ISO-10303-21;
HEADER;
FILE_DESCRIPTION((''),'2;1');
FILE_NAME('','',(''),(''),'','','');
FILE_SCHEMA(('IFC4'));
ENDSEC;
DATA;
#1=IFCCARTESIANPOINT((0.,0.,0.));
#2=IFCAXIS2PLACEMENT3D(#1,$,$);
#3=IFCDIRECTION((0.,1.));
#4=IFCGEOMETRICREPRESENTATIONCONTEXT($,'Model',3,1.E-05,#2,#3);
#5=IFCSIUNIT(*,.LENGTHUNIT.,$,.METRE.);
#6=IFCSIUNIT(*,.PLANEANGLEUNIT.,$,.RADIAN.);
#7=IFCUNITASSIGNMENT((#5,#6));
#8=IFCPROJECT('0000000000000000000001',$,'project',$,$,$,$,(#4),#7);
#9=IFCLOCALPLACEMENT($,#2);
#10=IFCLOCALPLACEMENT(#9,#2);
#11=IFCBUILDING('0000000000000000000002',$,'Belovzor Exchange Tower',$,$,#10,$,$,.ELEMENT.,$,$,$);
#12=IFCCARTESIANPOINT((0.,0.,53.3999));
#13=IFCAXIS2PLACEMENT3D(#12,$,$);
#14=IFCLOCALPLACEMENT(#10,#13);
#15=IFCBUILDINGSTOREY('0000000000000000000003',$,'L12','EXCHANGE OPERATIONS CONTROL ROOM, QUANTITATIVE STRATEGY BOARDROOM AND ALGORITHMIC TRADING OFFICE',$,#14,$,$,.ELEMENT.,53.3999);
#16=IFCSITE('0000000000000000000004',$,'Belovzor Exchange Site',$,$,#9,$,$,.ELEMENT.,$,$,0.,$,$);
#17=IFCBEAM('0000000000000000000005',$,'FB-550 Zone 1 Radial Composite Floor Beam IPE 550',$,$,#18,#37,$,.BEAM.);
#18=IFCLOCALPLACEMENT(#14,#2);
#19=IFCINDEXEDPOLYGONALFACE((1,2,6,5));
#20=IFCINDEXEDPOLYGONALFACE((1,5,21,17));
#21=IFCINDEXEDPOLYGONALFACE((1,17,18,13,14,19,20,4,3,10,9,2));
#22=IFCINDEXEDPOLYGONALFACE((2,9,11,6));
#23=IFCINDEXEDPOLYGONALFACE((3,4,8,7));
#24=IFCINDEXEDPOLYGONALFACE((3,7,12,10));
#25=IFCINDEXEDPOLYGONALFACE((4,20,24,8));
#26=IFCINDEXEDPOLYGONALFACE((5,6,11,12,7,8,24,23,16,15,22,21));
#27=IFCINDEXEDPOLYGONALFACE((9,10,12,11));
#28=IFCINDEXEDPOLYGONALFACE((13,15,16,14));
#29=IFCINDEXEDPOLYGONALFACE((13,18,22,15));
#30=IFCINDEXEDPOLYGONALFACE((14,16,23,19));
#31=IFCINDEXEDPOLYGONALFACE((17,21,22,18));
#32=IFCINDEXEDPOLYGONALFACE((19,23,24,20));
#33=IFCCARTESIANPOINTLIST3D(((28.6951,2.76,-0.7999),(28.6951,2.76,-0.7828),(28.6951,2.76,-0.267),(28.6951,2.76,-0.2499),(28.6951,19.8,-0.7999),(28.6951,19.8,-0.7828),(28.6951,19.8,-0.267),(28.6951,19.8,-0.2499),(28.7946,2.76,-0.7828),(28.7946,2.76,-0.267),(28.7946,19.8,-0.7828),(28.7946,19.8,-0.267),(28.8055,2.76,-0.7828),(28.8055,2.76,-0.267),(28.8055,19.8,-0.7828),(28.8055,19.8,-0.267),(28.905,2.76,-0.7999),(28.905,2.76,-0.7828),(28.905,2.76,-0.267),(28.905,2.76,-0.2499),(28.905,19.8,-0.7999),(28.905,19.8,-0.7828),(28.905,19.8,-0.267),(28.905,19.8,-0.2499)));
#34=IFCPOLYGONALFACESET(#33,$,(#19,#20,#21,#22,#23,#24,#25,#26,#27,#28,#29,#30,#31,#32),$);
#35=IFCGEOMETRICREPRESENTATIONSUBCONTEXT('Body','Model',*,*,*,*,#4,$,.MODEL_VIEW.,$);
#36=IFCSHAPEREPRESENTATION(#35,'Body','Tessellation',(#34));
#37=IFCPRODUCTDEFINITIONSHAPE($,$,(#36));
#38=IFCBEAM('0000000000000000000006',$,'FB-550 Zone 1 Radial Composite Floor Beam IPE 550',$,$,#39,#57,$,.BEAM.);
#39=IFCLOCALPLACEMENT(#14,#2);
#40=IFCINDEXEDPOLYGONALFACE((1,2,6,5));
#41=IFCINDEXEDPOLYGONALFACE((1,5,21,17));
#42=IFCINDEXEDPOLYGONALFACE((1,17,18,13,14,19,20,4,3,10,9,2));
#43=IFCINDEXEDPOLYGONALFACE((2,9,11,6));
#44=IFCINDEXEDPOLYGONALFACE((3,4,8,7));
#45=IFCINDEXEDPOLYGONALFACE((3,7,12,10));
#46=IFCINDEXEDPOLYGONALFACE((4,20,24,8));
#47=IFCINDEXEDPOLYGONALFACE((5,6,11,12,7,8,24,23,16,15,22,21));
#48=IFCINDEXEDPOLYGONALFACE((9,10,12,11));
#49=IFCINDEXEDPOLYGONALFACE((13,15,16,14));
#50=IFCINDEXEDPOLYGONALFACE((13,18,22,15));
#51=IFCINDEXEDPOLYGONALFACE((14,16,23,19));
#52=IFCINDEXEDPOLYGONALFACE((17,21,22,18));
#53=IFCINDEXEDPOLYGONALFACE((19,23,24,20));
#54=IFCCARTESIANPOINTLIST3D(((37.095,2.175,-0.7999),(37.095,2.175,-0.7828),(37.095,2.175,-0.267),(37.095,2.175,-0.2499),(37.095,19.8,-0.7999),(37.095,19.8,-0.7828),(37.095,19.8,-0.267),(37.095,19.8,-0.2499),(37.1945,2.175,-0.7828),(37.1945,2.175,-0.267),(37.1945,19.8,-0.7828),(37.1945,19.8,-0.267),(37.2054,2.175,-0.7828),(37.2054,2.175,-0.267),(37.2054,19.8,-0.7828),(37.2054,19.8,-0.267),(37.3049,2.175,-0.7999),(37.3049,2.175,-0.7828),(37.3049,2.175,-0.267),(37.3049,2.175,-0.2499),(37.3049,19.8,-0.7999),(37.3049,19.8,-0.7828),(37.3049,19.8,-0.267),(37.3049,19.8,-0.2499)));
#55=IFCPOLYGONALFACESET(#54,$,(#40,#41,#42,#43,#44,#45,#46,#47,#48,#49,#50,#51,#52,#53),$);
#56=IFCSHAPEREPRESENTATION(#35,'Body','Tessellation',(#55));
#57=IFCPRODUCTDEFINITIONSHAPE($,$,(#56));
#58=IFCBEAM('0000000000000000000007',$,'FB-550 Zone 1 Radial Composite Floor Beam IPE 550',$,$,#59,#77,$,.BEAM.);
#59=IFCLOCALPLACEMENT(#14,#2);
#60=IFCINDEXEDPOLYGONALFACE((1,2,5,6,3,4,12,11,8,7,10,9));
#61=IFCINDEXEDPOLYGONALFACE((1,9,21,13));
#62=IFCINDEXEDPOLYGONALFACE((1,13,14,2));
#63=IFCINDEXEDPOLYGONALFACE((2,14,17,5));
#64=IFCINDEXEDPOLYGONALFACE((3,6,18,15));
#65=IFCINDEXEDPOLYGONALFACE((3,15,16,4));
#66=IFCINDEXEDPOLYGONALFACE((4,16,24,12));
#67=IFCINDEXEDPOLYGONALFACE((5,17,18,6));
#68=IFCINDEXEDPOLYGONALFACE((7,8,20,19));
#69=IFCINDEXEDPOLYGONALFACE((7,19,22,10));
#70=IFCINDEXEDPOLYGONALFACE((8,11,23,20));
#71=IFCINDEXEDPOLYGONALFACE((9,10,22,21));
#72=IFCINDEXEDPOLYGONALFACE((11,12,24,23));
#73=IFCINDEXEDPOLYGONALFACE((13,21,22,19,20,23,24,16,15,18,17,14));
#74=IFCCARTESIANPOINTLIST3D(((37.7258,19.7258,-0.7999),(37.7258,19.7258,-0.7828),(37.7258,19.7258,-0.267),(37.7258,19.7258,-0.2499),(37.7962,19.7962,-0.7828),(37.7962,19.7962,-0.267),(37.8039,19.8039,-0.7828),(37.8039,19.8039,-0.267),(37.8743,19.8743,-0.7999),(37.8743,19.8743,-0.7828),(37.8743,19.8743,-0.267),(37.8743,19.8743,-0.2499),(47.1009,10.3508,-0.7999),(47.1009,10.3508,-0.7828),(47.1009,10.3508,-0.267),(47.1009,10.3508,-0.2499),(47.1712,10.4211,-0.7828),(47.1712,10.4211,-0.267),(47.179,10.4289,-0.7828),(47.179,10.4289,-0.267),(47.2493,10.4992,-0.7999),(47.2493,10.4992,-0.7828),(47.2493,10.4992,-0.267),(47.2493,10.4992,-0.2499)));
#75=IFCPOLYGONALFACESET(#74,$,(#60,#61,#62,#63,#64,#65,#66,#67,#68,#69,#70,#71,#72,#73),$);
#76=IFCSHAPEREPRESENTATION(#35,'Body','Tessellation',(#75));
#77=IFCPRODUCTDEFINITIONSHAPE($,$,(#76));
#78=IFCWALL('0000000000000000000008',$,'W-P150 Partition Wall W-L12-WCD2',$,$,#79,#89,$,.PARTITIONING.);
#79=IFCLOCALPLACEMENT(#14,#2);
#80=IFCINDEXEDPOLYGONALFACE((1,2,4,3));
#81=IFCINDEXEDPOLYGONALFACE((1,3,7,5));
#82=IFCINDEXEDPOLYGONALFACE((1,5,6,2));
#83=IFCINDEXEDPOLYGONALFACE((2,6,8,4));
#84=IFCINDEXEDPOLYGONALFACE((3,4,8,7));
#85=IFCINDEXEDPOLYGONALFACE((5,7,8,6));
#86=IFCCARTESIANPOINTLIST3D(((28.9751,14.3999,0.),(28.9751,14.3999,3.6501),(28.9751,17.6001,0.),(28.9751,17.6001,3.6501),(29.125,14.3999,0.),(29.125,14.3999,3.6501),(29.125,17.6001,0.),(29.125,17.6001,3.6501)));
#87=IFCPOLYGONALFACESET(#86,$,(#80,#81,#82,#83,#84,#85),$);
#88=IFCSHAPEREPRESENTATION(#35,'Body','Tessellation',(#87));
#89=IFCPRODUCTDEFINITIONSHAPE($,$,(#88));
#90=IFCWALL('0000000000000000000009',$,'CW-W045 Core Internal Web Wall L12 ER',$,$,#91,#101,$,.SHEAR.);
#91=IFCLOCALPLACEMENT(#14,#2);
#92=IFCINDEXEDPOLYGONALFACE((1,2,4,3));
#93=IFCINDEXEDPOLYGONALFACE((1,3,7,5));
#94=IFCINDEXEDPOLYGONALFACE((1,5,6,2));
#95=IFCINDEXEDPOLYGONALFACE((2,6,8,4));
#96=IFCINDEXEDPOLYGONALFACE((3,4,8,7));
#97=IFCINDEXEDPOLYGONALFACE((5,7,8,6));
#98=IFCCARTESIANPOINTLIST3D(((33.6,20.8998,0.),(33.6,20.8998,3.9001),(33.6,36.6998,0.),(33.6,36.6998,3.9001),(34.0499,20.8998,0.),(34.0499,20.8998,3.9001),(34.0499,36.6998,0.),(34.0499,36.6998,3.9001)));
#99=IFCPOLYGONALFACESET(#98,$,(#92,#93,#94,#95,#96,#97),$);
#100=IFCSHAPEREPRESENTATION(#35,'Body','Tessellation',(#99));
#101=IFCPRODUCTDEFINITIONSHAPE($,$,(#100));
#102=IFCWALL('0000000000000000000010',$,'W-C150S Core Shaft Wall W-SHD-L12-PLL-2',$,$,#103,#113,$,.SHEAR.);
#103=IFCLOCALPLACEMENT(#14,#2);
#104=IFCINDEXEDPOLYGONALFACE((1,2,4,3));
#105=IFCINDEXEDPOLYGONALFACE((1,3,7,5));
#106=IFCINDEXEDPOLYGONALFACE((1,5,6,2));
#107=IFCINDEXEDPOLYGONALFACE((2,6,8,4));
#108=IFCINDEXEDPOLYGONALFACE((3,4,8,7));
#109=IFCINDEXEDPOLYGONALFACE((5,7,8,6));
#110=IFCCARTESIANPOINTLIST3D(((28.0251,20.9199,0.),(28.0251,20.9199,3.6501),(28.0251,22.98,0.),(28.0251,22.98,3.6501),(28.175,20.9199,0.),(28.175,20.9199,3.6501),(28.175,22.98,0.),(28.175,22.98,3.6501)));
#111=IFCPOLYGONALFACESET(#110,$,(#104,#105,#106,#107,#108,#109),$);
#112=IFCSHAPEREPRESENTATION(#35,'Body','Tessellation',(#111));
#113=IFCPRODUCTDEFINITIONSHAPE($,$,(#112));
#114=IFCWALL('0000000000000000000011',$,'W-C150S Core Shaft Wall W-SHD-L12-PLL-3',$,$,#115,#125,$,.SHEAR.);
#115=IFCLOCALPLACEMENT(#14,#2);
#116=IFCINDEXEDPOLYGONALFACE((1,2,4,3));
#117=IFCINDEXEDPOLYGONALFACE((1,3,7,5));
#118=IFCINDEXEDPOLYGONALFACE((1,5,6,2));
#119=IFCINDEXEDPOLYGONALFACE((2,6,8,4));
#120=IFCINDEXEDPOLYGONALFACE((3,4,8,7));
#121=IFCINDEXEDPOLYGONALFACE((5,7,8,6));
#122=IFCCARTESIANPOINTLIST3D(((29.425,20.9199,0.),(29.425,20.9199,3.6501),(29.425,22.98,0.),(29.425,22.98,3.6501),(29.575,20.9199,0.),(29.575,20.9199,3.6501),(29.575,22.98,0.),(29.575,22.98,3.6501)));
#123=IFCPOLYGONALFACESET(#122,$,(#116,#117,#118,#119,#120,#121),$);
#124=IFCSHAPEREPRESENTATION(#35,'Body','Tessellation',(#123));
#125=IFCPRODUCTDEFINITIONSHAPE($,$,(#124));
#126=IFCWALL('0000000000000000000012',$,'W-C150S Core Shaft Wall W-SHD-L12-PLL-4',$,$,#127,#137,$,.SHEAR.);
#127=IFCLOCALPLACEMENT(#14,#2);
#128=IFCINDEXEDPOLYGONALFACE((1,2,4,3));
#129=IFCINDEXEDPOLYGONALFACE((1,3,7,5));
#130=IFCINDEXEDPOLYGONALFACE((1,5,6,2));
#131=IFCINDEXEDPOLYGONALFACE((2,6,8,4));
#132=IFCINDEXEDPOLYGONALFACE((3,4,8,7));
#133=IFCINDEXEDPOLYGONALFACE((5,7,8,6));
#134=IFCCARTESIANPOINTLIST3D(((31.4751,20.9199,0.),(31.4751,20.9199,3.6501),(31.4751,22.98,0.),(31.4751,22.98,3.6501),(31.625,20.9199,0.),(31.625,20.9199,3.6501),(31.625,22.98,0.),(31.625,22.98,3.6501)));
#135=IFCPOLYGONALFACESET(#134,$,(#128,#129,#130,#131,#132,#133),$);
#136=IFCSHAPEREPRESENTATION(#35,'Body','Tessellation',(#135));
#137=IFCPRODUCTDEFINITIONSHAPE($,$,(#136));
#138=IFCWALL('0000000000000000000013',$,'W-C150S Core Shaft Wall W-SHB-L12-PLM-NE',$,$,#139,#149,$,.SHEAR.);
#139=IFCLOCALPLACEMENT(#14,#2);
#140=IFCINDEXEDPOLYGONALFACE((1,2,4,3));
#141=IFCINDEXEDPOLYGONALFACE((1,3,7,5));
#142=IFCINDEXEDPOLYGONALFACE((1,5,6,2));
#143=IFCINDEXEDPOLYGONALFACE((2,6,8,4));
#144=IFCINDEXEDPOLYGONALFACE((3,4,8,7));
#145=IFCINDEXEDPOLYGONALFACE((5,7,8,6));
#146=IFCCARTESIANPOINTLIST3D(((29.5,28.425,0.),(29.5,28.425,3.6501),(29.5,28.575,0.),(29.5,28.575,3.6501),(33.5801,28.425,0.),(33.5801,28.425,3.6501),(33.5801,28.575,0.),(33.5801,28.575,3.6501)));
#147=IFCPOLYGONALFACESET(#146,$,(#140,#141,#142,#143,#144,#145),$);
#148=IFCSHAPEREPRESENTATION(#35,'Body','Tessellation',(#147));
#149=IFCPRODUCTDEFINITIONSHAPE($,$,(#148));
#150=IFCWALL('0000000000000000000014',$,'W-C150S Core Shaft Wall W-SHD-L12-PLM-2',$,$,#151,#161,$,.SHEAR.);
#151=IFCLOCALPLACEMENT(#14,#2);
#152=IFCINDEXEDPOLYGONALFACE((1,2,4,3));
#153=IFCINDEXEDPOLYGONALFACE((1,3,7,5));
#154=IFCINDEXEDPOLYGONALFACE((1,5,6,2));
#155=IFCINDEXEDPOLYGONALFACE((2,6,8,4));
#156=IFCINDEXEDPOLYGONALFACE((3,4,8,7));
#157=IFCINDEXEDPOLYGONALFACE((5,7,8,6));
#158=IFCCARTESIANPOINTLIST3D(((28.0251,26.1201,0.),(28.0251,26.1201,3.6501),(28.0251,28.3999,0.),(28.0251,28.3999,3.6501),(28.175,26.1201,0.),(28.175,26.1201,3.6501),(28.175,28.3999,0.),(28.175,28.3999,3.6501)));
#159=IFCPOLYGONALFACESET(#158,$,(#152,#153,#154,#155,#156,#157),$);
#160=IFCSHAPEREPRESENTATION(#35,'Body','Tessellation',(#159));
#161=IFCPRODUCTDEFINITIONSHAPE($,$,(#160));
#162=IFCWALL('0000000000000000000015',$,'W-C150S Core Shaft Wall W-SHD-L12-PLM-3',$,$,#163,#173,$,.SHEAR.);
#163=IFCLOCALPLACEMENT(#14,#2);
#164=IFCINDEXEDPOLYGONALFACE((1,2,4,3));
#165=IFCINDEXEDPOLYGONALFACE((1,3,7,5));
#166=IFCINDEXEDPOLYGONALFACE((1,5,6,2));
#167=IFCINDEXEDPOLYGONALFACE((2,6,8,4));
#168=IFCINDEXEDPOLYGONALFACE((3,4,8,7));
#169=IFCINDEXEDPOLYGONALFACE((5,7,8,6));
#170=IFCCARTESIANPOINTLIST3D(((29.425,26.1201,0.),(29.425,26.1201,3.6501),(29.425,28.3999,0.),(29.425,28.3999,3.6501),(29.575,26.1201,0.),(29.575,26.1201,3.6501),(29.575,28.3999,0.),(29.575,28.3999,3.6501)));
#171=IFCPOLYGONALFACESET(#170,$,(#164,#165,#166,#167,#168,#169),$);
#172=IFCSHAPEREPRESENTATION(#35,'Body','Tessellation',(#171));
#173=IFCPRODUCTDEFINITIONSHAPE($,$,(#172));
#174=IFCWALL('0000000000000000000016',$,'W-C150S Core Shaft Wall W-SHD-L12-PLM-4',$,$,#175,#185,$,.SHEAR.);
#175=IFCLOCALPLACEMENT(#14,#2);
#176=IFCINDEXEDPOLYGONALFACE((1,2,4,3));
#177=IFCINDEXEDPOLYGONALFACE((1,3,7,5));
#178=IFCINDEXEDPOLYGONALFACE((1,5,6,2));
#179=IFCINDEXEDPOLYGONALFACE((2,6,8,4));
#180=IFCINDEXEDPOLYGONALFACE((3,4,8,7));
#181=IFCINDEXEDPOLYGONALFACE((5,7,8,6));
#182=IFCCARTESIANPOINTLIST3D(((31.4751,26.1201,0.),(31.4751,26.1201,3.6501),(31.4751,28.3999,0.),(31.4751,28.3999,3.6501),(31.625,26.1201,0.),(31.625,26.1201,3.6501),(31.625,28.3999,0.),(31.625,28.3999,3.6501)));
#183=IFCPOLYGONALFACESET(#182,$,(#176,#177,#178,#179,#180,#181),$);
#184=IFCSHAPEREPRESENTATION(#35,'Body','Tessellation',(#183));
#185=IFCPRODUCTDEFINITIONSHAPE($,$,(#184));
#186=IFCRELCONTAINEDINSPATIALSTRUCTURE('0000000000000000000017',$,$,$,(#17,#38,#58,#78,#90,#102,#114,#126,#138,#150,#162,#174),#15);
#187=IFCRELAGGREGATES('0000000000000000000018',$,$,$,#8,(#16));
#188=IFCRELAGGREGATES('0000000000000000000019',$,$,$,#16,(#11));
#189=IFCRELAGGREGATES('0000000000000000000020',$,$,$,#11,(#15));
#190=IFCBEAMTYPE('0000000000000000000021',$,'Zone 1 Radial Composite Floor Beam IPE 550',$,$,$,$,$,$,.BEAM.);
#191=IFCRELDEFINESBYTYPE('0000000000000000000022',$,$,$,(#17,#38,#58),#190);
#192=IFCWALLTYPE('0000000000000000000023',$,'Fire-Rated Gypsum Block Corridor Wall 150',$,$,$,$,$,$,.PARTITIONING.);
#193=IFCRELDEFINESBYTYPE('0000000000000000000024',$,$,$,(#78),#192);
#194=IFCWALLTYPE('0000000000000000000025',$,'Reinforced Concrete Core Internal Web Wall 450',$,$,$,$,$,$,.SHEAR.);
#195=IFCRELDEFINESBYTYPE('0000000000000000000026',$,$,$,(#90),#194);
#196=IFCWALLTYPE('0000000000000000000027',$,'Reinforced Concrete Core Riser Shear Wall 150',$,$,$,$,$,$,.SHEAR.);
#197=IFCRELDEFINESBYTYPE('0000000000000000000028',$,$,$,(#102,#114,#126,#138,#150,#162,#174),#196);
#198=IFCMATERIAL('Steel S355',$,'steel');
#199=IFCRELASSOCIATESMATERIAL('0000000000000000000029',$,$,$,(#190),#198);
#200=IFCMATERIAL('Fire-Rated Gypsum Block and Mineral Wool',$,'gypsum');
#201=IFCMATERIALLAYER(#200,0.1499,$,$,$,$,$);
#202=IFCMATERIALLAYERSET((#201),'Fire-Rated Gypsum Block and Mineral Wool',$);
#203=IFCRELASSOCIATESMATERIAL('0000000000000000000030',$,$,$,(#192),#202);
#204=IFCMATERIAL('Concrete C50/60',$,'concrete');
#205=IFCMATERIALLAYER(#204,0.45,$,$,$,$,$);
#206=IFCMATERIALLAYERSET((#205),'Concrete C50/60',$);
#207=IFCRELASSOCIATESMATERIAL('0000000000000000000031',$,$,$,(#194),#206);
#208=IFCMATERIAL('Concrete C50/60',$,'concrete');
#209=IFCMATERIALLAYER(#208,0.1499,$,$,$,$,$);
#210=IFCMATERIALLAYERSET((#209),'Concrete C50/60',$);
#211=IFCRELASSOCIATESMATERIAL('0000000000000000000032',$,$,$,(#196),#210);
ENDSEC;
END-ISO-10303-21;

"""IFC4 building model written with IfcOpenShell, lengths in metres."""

from ifc_helpers import new_model, si_unit, direction, frame, frame_2d, origin, origin_2d, place, context, subcontext, project, spatial, rectangle, i_section, extrude, material, layer, layer_set, material_profile, profile_set, type_object, element, save


model = new_model("IFC4")

# Units and contexts
model_context = context("Model", 3, precision=1e-05, world=origin(), true_north=direction((0.0, 1.0)))
body_context = subcontext(model_context, "Body", "Model", "MODEL_VIEW")
ifc_project = project(units=[si_unit("LENGTHUNIT", "METRE"), si_unit("PLANEANGLEUNIT", "RADIAN")], contexts=[model_context])

# Site, building, storey
site_placement = place(None, origin())
site = spatial("IfcSite", under=ifc_project, at=site_placement, Name="Belovzor Exchange Site", CompositionType="ELEMENT", RefElevation=0.0)
building_placement = place(site_placement, origin())
building = spatial("IfcBuilding", under=site, at=building_placement, Name="Belovzor Exchange Tower", CompositionType="ELEMENT")
storey_placement = place(building_placement, frame((0.0, 0.0, 53.3999)))
storey = spatial("IfcBuildingStorey", under=building, at=storey_placement, Name="L12", Description="EXCHANGE OPERATIONS CONTROL ROOM, QUANTITATIVE STRATEGY BOARDROOM AND ALGORITHMIC TRADING OFFICE", CompositionType="ELEMENT", Elevation=53.3999)

# Beams
ifc_material_1 = material(Name="Steel S355", Category="steel")
ifc_material_profile = material_profile(ifc_material_1, i_section(OverallWidth=0.21, OverallDepth=0.55, WebThickness=0.011, FlangeThickness=0.0171, at=origin_2d()))
ifc_profile_set = profile_set([ifc_material_profile], Name="Steel S355")
beam_type = type_object("IfcBeamType", Name="Zone 1 Radial Composite Floor Beam IPE 550", PredefinedType="BEAM", material=ifc_profile_set)
beam_1_placement = place(storey_placement, frame((28.8, 19.8, -0.5249), z_axis=(0.0, -1.0, 0.0), x_axis=(1.0, 0.0, 0.0)))
element("IfcBeam", 1, at=beam_1_placement, inside=storey, type_object=beam_type, Name="FB-550 Zone 1 Radial Composite Floor Beam IPE 550", PredefinedType="BEAM", context=body_context, shape_type="SweptSolid", body=[
    extrude(i_section(OverallWidth=0.21, OverallDepth=0.55, WebThickness=0.011, FlangeThickness=0.0171, at=origin_2d()), origin(), (0.0, 0.0, 1.0), 17.04),
])
beam_2_placement = place(storey_placement, frame((37.2, 19.8, -0.5249), z_axis=(0.0, -1.0, 0.0), x_axis=(1.0, 0.0, 0.0)))
element("IfcBeam", 2, at=beam_2_placement, inside=storey, type_object=beam_type, Name="FB-550 Zone 1 Radial Composite Floor Beam IPE 550", PredefinedType="BEAM", context=body_context, shape_type="SweptSolid", body=[
    extrude(i_section(OverallWidth=0.21, OverallDepth=0.55, WebThickness=0.011, FlangeThickness=0.0171, at=origin_2d()), origin(), (0.0, 0.0, 1.0), 17.625),
])
beam_3_placement = place(storey_placement, frame((37.8, 19.8, -0.5249), z_axis=(0.707107, -0.707107, 0.0), x_axis=(0.707107, 0.707107, 0.0)))
element("IfcBeam", 3, at=beam_3_placement, inside=storey, type_object=beam_type, Name="FB-550 Zone 1 Radial Composite Floor Beam IPE 550", PredefinedType="BEAM", context=body_context, shape_type="SweptSolid", body=[
    extrude(i_section(OverallWidth=0.21, OverallDepth=0.55, WebThickness=0.011, FlangeThickness=0.0171, at=origin_2d()), origin(), (0.0, 0.0, 1.0), 13.2583),
])

# Walls
ifc_material_2 = material(Name="Fire-Rated Gypsum Block and Mineral Wool", Category="gypsum")
ifc_layer_1 = layer(ifc_material_2, 0.1499)
ifc_layer_set_1 = layer_set([ifc_layer_1], Name="Fire-Rated Gypsum Block and Mineral Wool")
wall_type_1 = type_object("IfcWallType", Name="Fire-Rated Gypsum Block Corridor Wall 150", PredefinedType="PARTITIONING", material=ifc_layer_set_1)
wall_1_placement = place(storey_placement, frame((29.05, 14.3999, 0.0), z_axis=(0.0, 0.0, 1.0), x_axis=(0.0, 1.0, 0.0)))
element("IfcWall", 4, at=wall_1_placement, inside=storey, type_object=wall_type_1, Name="W-P150 Partition Wall W-L12-WCD2", PredefinedType="PARTITIONING", context=body_context, shape_type="SweptSolid", body=[
    extrude(rectangle(XDim=3.2002, YDim=0.1499, at=frame_2d((1.6001, 0.0))), origin(), (0.0, 0.0, 1.0), 3.6501),
])
ifc_material_3 = material(Name="Concrete C50/60", Category="concrete")
ifc_layer_2 = layer(ifc_material_3, 0.45)
ifc_layer_set_2 = layer_set([ifc_layer_2], Name="Concrete C50/60")
wall_type_2 = type_object("IfcWallType", Name="Reinforced Concrete Core Internal Web Wall 450", PredefinedType="SHEAR", material=ifc_layer_set_2)
wall_2_placement = place(storey_placement, frame((33.825, 20.8999, 0.0), z_axis=(0.0, 0.0, 1.0), x_axis=(0.0, 1.0, 0.0)))
element("IfcWall", 5, at=wall_2_placement, inside=storey, type_object=wall_type_2, Name="CW-W045 Core Internal Web Wall L12 ER", PredefinedType="SHEAR", context=body_context, shape_type="SweptSolid", body=[
    extrude(rectangle(XDim=15.8, YDim=0.45, at=frame_2d((7.8999, 0.0))), origin(), (0.0, 0.0, 1.0), 3.9001),
])
ifc_material_4 = material(Name="Concrete C50/60", Category="concrete")
ifc_layer_3 = layer(ifc_material_4, 0.1499)
ifc_layer_set_3 = layer_set([ifc_layer_3], Name="Concrete C50/60")
wall_type_3 = type_object("IfcWallType", Name="Reinforced Concrete Core Riser Shear Wall 150", PredefinedType="SHEAR", material=ifc_layer_set_3)
for number, where, z_axis, x_axis, name in (
    (6, (28.1001, 20.9199, 0.0), (0.0, 0.0, 1.0), (0.0, 1.0, 0.0), "W-C150S Core Shaft Wall W-SHD-L12-PLL-2"),
    (7, (29.5, 20.9199, 0.0), (0.0, 0.0, 1.0), (0.0, 1.0, 0.0), "W-C150S Core Shaft Wall W-SHD-L12-PLL-3"),
    (8, (31.55, 20.9199, 0.0), (0.0, 0.0, 1.0), (0.0, 1.0, 0.0), "W-C150S Core Shaft Wall W-SHD-L12-PLL-4"),
):
    element("IfcWall", number, at=place(storey_placement, frame(where, z_axis=z_axis, x_axis=x_axis)), inside=storey, type_object=wall_type_3, Name=name, PredefinedType="SHEAR", context=body_context, shape_type="SweptSolid", body=[
        extrude(rectangle(XDim=2.0601, YDim=0.1499, at=frame_2d((1.03, 0.0))), origin(), (0.0, 0.0, 1.0), 3.6501),
    ])
wall_3_placement = place(storey_placement, frame((29.5, 28.5, 0.0), z_axis=(0.0, 0.0, 1.0), x_axis=(1.0, 0.0, 0.0)))
element("IfcWall", 9, at=wall_3_placement, inside=storey, type_object=wall_type_3, Name="W-C150S Core Shaft Wall W-SHB-L12-PLM-NE", PredefinedType="SHEAR", context=body_context, shape_type="SweptSolid", body=[
    extrude(rectangle(XDim=4.0801, YDim=0.1499, at=frame_2d((2.04, 0.0))), origin(), (0.0, 0.0, 1.0), 3.6501),
])
for number, where, z_axis, x_axis, name in (
    (10, (28.1001, 26.1201, 0.0), (0.0, 0.0, 1.0), (0.0, 1.0, 0.0), "W-C150S Core Shaft Wall W-SHD-L12-PLM-2"),
    (11, (29.5, 26.1201, 0.0), (0.0, 0.0, 1.0), (0.0, 1.0, 0.0), "W-C150S Core Shaft Wall W-SHD-L12-PLM-3"),
    (12, (31.55, 26.1201, 0.0), (0.0, 0.0, 1.0), (0.0, 1.0, 0.0), "W-C150S Core Shaft Wall W-SHD-L12-PLM-4"),
):
    element("IfcWall", number, at=place(storey_placement, frame(where, z_axis=z_axis, x_axis=x_axis)), inside=storey, type_object=wall_type_3, Name=name, PredefinedType="SHEAR", context=body_context, shape_type="SweptSolid", body=[
        extrude(rectangle(XDim=2.2798, YDim=0.1499, at=frame_2d((1.1399, 0.0))), origin(), (0.0, 0.0, 1.0), 3.6501),
    ])

save(model, "model.ifc")
